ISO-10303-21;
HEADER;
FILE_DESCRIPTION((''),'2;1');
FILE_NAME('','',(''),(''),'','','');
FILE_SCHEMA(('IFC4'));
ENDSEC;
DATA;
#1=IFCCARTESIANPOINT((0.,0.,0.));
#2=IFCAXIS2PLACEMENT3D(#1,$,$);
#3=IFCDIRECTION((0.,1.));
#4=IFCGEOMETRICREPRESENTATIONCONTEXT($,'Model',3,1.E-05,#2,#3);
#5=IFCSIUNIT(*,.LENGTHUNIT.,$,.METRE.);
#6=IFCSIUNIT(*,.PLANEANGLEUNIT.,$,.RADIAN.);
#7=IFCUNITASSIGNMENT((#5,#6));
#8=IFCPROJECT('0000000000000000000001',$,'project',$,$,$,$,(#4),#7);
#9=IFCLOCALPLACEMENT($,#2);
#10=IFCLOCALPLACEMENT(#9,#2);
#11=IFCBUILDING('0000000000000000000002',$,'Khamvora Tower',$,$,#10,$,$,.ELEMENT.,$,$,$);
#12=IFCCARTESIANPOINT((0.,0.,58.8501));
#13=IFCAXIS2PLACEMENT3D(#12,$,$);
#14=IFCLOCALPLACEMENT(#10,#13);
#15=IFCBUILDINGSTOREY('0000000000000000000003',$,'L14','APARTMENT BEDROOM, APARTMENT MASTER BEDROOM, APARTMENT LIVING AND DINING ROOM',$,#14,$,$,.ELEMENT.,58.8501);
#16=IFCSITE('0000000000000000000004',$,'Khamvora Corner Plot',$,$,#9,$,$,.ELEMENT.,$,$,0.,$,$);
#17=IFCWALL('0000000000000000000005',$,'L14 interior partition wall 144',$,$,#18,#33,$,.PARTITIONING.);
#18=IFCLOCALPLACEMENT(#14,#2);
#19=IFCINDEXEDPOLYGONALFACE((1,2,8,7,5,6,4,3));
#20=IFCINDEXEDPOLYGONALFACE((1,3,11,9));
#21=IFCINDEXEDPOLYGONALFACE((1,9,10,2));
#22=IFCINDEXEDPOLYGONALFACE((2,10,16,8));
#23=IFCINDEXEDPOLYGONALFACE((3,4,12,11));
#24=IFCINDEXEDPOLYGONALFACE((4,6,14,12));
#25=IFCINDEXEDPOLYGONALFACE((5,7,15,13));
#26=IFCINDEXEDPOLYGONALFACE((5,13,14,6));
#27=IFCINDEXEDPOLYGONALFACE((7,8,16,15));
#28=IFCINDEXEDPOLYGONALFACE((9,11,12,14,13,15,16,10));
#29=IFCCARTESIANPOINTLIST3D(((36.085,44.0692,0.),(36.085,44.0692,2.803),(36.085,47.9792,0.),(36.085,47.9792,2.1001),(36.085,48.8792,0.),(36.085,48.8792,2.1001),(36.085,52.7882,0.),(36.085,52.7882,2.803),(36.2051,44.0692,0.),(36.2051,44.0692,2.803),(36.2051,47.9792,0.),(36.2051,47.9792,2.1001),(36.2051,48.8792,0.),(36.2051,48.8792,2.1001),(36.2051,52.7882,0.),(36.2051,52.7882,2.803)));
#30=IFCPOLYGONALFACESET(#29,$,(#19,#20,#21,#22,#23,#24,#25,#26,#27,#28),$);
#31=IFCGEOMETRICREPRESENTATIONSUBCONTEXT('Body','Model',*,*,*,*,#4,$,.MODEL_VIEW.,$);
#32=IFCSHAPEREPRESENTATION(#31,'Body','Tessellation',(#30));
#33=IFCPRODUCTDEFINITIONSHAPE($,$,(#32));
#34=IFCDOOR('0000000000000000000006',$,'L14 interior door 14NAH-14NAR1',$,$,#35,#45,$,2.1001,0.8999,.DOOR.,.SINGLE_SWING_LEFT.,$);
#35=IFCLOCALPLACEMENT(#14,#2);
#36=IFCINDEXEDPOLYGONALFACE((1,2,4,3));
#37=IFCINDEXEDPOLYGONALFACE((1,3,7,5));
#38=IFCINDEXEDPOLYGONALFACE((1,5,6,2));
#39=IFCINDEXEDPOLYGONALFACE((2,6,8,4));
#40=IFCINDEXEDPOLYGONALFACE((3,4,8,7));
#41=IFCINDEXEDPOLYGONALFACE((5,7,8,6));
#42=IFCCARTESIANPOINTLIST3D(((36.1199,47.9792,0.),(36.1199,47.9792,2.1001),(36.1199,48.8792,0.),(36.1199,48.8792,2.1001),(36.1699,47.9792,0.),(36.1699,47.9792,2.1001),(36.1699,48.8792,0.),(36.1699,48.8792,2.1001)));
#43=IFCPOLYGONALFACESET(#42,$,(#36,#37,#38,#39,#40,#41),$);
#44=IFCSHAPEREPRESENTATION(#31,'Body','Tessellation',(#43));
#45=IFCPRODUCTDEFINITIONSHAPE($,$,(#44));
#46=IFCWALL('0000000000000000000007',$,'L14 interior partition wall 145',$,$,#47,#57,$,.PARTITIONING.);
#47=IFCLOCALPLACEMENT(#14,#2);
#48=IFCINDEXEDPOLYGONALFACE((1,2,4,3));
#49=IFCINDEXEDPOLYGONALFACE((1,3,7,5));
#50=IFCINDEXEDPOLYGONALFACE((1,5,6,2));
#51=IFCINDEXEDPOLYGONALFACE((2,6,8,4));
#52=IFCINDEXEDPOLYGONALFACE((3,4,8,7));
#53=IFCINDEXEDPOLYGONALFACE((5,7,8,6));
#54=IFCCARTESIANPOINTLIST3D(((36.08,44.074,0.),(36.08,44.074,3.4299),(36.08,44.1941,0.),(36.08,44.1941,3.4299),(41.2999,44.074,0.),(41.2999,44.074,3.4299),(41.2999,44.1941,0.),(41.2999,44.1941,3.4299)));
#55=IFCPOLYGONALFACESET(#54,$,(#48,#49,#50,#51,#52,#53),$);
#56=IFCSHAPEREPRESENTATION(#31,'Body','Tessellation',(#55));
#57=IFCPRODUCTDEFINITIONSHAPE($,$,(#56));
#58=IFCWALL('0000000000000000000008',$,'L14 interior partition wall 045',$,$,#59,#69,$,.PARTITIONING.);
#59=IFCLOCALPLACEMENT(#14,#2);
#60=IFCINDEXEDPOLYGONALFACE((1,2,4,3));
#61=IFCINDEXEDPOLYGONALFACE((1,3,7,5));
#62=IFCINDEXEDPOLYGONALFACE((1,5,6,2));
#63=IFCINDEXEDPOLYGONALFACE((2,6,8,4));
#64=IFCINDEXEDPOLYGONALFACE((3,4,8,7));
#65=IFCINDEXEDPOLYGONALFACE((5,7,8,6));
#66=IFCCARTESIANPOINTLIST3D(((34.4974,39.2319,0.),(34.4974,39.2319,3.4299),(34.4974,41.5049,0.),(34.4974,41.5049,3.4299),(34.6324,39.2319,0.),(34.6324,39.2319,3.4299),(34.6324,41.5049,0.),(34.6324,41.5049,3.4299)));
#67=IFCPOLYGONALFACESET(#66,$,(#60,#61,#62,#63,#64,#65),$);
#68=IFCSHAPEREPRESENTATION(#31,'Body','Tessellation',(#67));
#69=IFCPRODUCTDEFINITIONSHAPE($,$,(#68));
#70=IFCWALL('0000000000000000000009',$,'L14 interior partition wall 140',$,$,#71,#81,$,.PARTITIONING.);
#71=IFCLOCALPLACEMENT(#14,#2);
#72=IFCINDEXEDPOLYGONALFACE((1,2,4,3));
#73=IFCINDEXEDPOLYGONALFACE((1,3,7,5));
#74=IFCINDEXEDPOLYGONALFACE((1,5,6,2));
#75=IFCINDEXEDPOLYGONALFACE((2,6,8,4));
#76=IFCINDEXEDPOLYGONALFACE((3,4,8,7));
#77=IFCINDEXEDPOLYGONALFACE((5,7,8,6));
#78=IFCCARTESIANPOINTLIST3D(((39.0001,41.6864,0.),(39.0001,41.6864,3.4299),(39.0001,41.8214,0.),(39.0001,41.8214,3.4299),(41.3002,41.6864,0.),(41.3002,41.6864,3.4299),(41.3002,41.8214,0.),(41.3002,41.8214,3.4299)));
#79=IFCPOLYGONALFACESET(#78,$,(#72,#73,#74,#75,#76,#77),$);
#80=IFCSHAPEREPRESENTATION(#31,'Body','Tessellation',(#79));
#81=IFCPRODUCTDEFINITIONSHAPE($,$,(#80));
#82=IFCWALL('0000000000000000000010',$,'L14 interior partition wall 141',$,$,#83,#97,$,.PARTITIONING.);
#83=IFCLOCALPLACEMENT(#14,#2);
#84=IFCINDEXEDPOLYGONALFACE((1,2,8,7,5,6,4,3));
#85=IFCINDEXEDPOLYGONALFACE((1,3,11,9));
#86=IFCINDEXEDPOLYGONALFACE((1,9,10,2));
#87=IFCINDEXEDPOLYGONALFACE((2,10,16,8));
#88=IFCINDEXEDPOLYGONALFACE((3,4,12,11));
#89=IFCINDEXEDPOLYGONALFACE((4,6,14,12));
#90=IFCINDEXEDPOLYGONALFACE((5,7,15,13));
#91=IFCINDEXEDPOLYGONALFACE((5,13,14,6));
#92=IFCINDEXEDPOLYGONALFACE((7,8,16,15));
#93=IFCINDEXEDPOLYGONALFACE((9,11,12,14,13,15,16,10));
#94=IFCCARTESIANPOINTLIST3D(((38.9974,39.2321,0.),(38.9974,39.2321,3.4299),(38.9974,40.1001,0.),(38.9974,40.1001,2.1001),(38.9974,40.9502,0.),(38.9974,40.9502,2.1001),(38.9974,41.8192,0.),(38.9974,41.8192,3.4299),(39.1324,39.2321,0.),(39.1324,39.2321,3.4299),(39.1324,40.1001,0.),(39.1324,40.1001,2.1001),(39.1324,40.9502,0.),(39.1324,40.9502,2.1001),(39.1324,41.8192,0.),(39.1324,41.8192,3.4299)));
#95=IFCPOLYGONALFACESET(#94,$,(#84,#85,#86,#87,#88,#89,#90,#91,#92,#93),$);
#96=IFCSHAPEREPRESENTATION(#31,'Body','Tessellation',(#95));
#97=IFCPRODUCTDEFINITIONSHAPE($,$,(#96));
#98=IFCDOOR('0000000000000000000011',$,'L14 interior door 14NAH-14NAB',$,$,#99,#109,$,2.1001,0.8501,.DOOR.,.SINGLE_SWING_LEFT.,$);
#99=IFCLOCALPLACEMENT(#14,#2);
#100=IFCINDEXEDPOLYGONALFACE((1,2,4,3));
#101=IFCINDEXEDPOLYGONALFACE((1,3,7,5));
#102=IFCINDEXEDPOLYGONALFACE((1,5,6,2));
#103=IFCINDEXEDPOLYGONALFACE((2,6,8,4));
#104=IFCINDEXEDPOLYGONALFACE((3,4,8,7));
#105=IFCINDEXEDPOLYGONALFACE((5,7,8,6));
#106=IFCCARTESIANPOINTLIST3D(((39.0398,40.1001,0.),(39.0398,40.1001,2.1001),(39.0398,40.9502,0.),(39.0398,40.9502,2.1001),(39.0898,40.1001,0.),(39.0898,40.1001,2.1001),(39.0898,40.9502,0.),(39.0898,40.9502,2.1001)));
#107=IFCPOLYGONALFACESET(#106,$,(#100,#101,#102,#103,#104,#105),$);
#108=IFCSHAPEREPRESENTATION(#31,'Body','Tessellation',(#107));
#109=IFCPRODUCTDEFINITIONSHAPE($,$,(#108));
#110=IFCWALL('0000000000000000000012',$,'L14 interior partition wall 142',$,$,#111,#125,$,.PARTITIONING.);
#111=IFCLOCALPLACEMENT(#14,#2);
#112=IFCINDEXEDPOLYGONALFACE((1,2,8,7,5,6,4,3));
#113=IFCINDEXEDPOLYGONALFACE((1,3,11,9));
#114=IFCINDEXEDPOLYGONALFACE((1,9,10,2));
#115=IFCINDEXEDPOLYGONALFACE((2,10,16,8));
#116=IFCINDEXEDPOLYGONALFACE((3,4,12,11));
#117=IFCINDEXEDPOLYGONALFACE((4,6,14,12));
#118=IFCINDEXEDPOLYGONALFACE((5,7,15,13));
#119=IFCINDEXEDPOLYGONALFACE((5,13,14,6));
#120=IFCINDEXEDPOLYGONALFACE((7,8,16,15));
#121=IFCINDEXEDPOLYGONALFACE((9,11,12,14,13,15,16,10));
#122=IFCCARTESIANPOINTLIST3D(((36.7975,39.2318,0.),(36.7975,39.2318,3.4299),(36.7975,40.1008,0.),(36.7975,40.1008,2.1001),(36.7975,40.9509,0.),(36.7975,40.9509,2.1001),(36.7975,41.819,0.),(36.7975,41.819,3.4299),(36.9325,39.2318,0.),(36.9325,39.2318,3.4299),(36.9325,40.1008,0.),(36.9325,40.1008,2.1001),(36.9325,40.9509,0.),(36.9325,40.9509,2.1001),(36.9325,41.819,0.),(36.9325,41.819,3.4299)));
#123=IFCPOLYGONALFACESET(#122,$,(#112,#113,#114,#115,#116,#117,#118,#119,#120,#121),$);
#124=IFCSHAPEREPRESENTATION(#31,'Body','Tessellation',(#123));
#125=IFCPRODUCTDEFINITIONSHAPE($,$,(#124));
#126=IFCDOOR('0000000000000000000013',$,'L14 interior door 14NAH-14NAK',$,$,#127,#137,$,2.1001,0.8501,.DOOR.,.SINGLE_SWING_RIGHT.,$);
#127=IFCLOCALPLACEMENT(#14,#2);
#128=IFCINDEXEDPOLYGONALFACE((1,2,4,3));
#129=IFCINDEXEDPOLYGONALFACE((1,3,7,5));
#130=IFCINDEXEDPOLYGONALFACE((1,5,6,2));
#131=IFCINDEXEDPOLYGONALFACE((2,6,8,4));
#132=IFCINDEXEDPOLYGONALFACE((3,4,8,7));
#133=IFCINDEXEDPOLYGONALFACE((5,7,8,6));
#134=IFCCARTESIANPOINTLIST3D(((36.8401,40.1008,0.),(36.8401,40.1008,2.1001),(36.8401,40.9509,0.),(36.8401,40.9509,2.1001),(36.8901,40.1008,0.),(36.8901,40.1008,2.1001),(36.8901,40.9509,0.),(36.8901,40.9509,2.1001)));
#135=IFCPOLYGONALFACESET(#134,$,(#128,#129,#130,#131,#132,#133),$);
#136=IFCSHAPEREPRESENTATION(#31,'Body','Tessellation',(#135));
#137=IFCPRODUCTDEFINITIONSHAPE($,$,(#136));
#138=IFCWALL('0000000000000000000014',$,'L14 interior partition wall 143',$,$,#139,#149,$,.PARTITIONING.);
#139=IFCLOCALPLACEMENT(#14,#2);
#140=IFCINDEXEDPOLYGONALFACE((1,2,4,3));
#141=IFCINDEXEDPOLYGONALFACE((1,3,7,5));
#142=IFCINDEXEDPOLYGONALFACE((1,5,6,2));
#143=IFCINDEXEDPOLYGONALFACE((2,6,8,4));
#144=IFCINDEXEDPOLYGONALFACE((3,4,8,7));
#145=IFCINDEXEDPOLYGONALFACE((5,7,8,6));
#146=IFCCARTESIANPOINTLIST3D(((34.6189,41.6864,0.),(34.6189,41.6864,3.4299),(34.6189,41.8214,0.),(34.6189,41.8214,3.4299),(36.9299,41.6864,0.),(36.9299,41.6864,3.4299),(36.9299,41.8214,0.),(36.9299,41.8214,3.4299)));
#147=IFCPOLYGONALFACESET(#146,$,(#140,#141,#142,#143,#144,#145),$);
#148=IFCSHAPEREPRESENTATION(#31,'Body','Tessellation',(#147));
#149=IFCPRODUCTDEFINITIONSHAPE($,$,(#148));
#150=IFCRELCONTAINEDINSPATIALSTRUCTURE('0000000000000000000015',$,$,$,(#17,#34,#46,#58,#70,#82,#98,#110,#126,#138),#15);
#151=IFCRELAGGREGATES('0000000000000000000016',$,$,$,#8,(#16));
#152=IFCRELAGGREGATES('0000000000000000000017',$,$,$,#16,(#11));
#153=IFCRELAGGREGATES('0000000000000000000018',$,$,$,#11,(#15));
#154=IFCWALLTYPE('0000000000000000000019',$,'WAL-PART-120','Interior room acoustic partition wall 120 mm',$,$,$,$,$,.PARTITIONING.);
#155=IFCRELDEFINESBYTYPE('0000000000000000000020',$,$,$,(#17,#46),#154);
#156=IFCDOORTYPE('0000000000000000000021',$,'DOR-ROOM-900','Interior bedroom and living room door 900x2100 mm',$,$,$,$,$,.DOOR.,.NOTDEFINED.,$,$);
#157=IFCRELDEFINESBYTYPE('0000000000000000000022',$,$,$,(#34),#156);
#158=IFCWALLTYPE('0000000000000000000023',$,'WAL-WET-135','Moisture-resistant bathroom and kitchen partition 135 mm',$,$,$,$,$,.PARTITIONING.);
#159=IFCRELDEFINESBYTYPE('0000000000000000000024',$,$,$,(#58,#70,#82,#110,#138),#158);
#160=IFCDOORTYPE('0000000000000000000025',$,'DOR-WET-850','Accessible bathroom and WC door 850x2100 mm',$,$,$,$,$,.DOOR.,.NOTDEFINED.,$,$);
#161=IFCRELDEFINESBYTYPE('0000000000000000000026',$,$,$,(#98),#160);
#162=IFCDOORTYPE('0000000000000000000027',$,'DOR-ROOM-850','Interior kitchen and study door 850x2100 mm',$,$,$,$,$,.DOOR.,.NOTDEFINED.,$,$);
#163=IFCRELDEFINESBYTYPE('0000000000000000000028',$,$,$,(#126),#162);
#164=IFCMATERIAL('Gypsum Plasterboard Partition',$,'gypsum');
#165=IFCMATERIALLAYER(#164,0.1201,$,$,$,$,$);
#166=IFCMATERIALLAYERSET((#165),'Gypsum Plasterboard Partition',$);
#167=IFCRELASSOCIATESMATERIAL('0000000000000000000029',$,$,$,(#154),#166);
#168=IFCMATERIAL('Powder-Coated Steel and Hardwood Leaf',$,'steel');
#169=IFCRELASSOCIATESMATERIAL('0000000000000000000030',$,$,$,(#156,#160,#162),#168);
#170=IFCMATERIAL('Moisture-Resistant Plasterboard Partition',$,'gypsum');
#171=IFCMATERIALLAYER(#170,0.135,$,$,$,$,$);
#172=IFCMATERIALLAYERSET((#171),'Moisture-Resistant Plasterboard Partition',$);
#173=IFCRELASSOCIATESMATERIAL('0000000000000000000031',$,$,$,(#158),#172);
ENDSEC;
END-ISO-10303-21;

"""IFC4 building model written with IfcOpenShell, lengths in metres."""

from ifc_helpers import new_model, si_unit, direction, frame, frame_2d, origin, place, context, subcontext, project, spatial, rectangle, extrude, material, layer, layer_set, type_object, element, fill, save


model = new_model("IFC4")

# Units and contexts
model_context = context("Model", 3, precision=1e-05, world=origin(), true_north=direction((0.0, 1.0)))
body_context = subcontext(model_context, "Body", "Model", "MODEL_VIEW")
ifc_project = project(units=[si_unit("LENGTHUNIT", "METRE"), si_unit("PLANEANGLEUNIT", "RADIAN")], contexts=[model_context])

# Site, building, storey
site_placement = place(None, origin())
site = spatial("IfcSite", under=ifc_project, at=site_placement, Name="Khamvora Corner Plot", CompositionType="ELEMENT", RefElevation=0.0)
building_placement = place(site_placement, origin())
building = spatial("IfcBuilding", under=site, at=building_placement, Name="Khamvora Tower", CompositionType="ELEMENT")
storey_placement = place(building_placement, frame((0.0, 0.0, 58.8501)))
storey = spatial("IfcBuildingStorey", under=building, at=storey_placement, Name="L14", Description="APARTMENT BEDROOM, APARTMENT MASTER BEDROOM, APARTMENT LIVING AND DINING ROOM", CompositionType="ELEMENT", Elevation=58.8501)

# Shared definitions
ifc_material_1 = material(Name="Powder-Coated Steel and Hardwood Leaf", Category="steel")

# Shared definitions
ifc_material_2 = material(Name="Gypsum Plasterboard Partition", Category="gypsum")
ifc_layer_1 = layer(ifc_material_2, 0.1201)
ifc_layer_set_1 = layer_set([ifc_layer_1], Name="Gypsum Plasterboard Partition")
wall_type_1 = type_object("IfcWallType", Name="WAL-PART-120", Description="Interior room acoustic partition wall 120 mm", PredefinedType="PARTITIONING", material=ifc_layer_set_1)

# Wall, opening, door
wall_1_placement = place(storey_placement, frame((36.145, 52.7881, 0.0), z_axis=(0.0, 0.0, 1.0), x_axis=(0.0, -1.0, 0.0)))
wall_1 = element("IfcWall", 1, at=wall_1_placement, inside=storey, type_object=wall_type_1, Name="L14 interior partition wall 144", PredefinedType="PARTITIONING", context=body_context, shape_type="SweptSolid", body=[
    extrude(rectangle(XDim=8.719, YDim=0.1201, at=frame_2d((4.3594, 0.0))), origin(), (0.0, 0.0, 1.0), 2.803),
])
opening_1_placement = place(wall_1_placement, frame((3.9089, 0.0, 0.0)))
opening_1 = element("IfcOpeningElement", 2, at=opening_1_placement, cuts=wall_1, PredefinedType="OPENING", context=body_context, shape_type="SweptSolid", body=[
    extrude(rectangle(XDim=0.8999, YDim=2.1001, at=frame_2d((0.45, 1.05))), frame((0.0, 0.0701, 0.0), z_axis=(0.0, -1.0, 0.0), x_axis=(1.0, 0.0, 0.0)), (0.0, 0.0, 1.0), 0.1401),
])
door_type_1 = type_object("IfcDoorType", Name="DOR-ROOM-900", Description="Interior bedroom and living room door 900x2100 mm", OperationType="NOTDEFINED", PredefinedType="DOOR", material=ifc_material_1)
door_1_placement = place(opening_1_placement, origin())
door_1 = element("IfcDoor", 3, at=door_1_placement, inside=storey, type_object=door_type_1, Name="L14 interior door 14NAH-14NAR1", OperationType="SINGLE_SWING_LEFT", OverallHeight=2.1001, OverallWidth=0.8999, PredefinedType="DOOR", context=body_context, shape_type="SweptSolid", body=[
    extrude(rectangle(XDim=0.8999, YDim=2.1001, at=frame_2d((0.45, 1.05))), frame((0.0, 0.0249, 0.0), z_axis=(0.0, -1.0, 0.0), x_axis=(1.0, 0.0, 0.0)), (0.0, 0.0, 1.0), 0.05),
])
fill(opening_1, door_1)

# Walls
wall_2_placement = place(storey_placement, frame((36.0801, 44.134, 0.0), z_axis=(0.0, 0.0, 1.0), x_axis=(1.0, 0.0, 0.0)))
element("IfcWall", 4, at=wall_2_placement, inside=storey, type_object=wall_type_1, Name="L14 interior partition wall 145", PredefinedType="PARTITIONING", context=body_context, shape_type="SweptSolid", body=[
    extrude(rectangle(XDim=5.22, YDim=0.1201, at=frame_2d((2.6099, 0.0))), origin(), (0.0, 0.0, 1.0), 3.4299),
])
ifc_material_3 = material(Name="Moisture-Resistant Plasterboard Partition", Category="gypsum")
ifc_layer_2 = layer(ifc_material_3, 0.135)
ifc_layer_set_2 = layer_set([ifc_layer_2], Name="Moisture-Resistant Plasterboard Partition")
wall_type_2 = type_object("IfcWallType", Name="WAL-WET-135", Description="Moisture-resistant bathroom and kitchen partition 135 mm", PredefinedType="PARTITIONING", material=ifc_layer_set_2)
wall_3_placement = place(storey_placement, frame((34.5649, 41.5049, 0.0), z_axis=(0.0, 0.0, 1.0), x_axis=(0.0, -1.0, 0.0)))
element("IfcWall", 5, at=wall_3_placement, inside=storey, type_object=wall_type_2, Name="L14 interior partition wall 045", PredefinedType="PARTITIONING", context=body_context, shape_type="SweptSolid", body=[
    extrude(rectangle(XDim=2.2729, YDim=0.135, at=frame_2d((1.1365, 0.0))), origin(), (0.0, 0.0, 1.0), 3.4299),
])
wall_4_placement = place(storey_placement, frame((41.3, 41.7539, 0.0), z_axis=(0.0, 0.0, 1.0), x_axis=(-1.0, 0.0, 0.0)))
element("IfcWall", 6, at=wall_4_placement, inside=storey, type_object=wall_type_2, Name="L14 interior partition wall 140", PredefinedType="PARTITIONING", context=body_context, shape_type="SweptSolid", body=[
    extrude(rectangle(XDim=2.3, YDim=0.135, at=frame_2d((1.1499, 0.0))), origin(), (0.0, 0.0, 1.0), 3.4299),
])

# Walls, openings, doors
wall_5_placement = place(storey_placement, frame((39.0649, 41.8191, 0.0), z_axis=(0.0, 0.0, 1.0), x_axis=(0.0, -1.0, 0.0)))
wall_5 = element("IfcWall", 7, at=wall_5_placement, inside=storey, type_object=wall_type_2, Name="L14 interior partition wall 141", PredefinedType="PARTITIONING", context=body_context, shape_type="SweptSolid", body=[
    extrude(rectangle(XDim=2.5872, YDim=0.135, at=frame_2d((1.2935, 0.0))), origin(), (0.0, 0.0, 1.0), 3.4299),
])
opening_2_placement = place(wall_5_placement, frame((0.8689, 0.0, 0.0)))
opening_2 = element("IfcOpeningElement", 8, at=opening_2_placement, cuts=wall_5, PredefinedType="OPENING", context=body_context, shape_type="SweptSolid", body=[
    extrude(rectangle(XDim=0.8501, YDim=2.1001, at=frame_2d((0.425, 1.05))), frame((0.0, 0.0774, 0.0), z_axis=(0.0, -1.0, 0.0), x_axis=(1.0, 0.0, 0.0)), (0.0, 0.0, 1.0), 0.155),
])
door_type_2 = type_object("IfcDoorType", Name="DOR-WET-850", Description="Accessible bathroom and WC door 850x2100 mm", OperationType="NOTDEFINED", PredefinedType="DOOR", material=ifc_material_1)
door_2_placement = place(opening_2_placement, origin())
door_2 = element("IfcDoor", 9, at=door_2_placement, inside=storey, type_object=door_type_2, Name="L14 interior door 14NAH-14NAB", OperationType="SINGLE_SWING_LEFT", OverallHeight=2.1001, OverallWidth=0.8501, PredefinedType="DOOR", context=body_context, shape_type="SweptSolid", body=[
    extrude(rectangle(XDim=0.8501, YDim=2.1001, at=frame_2d((0.425, 1.05))), frame((0.0, 0.0249, 0.0), z_axis=(0.0, -1.0, 0.0), x_axis=(1.0, 0.0, 0.0)), (0.0, 0.0, 1.0), 0.05),
])
fill(opening_2, door_2)
wall_6_placement = place(storey_placement, frame((36.865, 39.2319, 0.0), z_axis=(0.0, 0.0, 1.0), x_axis=(0.0, 1.0, 0.0)))
wall_6 = element("IfcWall", 10, at=wall_6_placement, inside=storey, type_object=wall_type_2, Name="L14 interior partition wall 142", PredefinedType="PARTITIONING", context=body_context, shape_type="SweptSolid", body=[
    extrude(rectangle(XDim=2.5872, YDim=0.135, at=frame_2d((1.2935, 0.0))), origin(), (0.0, 0.0, 1.0), 3.4299),
])
opening_3_placement = place(wall_6_placement, frame((0.8689, 0.0, 0.0)))
opening_3 = element("IfcOpeningElement", 11, at=opening_3_placement, cuts=wall_6, PredefinedType="OPENING", context=body_context, shape_type="SweptSolid", body=[
    extrude(rectangle(XDim=0.8501, YDim=2.1001, at=frame_2d((0.425, 1.05))), frame((0.0, 0.0774, 0.0), z_axis=(0.0, -1.0, 0.0), x_axis=(1.0, 0.0, 0.0)), (0.0, 0.0, 1.0), 0.155),
])
door_type_3 = type_object("IfcDoorType", Name="DOR-ROOM-850", Description="Interior kitchen and study door 850x2100 mm", OperationType="NOTDEFINED", PredefinedType="DOOR", material=ifc_material_1)
door_3_placement = place(opening_3_placement, origin())
door_3 = element("IfcDoor", 12, at=door_3_placement, inside=storey, type_object=door_type_3, Name="L14 interior door 14NAH-14NAK", OperationType="SINGLE_SWING_RIGHT", OverallHeight=2.1001, OverallWidth=0.8501, PredefinedType="DOOR", context=body_context, shape_type="SweptSolid", body=[
    extrude(rectangle(XDim=0.8501, YDim=2.1001, at=frame_2d((0.425, 1.05))), frame((0.0, 0.0249, 0.0), z_axis=(0.0, -1.0, 0.0), x_axis=(1.0, 0.0, 0.0)), (0.0, 0.0, 1.0), 0.05),
])
fill(opening_3, door_3)

# Wall
wall_7_placement = place(storey_placement, frame((36.9299, 41.7539, 0.0), z_axis=(0.0, 0.0, 1.0), x_axis=(-1.0, 0.0, 0.0)))
element("IfcWall", 13, at=wall_7_placement, inside=storey, type_object=wall_type_2, Name="L14 interior partition wall 143", PredefinedType="PARTITIONING", context=body_context, shape_type="SweptSolid", body=[
    extrude(rectangle(XDim=2.311, YDim=0.135, at=frame_2d((1.1555, 0.0))), origin(), (0.0, 0.0, 1.0), 3.4299),
])

save(model, "model.ifc")
